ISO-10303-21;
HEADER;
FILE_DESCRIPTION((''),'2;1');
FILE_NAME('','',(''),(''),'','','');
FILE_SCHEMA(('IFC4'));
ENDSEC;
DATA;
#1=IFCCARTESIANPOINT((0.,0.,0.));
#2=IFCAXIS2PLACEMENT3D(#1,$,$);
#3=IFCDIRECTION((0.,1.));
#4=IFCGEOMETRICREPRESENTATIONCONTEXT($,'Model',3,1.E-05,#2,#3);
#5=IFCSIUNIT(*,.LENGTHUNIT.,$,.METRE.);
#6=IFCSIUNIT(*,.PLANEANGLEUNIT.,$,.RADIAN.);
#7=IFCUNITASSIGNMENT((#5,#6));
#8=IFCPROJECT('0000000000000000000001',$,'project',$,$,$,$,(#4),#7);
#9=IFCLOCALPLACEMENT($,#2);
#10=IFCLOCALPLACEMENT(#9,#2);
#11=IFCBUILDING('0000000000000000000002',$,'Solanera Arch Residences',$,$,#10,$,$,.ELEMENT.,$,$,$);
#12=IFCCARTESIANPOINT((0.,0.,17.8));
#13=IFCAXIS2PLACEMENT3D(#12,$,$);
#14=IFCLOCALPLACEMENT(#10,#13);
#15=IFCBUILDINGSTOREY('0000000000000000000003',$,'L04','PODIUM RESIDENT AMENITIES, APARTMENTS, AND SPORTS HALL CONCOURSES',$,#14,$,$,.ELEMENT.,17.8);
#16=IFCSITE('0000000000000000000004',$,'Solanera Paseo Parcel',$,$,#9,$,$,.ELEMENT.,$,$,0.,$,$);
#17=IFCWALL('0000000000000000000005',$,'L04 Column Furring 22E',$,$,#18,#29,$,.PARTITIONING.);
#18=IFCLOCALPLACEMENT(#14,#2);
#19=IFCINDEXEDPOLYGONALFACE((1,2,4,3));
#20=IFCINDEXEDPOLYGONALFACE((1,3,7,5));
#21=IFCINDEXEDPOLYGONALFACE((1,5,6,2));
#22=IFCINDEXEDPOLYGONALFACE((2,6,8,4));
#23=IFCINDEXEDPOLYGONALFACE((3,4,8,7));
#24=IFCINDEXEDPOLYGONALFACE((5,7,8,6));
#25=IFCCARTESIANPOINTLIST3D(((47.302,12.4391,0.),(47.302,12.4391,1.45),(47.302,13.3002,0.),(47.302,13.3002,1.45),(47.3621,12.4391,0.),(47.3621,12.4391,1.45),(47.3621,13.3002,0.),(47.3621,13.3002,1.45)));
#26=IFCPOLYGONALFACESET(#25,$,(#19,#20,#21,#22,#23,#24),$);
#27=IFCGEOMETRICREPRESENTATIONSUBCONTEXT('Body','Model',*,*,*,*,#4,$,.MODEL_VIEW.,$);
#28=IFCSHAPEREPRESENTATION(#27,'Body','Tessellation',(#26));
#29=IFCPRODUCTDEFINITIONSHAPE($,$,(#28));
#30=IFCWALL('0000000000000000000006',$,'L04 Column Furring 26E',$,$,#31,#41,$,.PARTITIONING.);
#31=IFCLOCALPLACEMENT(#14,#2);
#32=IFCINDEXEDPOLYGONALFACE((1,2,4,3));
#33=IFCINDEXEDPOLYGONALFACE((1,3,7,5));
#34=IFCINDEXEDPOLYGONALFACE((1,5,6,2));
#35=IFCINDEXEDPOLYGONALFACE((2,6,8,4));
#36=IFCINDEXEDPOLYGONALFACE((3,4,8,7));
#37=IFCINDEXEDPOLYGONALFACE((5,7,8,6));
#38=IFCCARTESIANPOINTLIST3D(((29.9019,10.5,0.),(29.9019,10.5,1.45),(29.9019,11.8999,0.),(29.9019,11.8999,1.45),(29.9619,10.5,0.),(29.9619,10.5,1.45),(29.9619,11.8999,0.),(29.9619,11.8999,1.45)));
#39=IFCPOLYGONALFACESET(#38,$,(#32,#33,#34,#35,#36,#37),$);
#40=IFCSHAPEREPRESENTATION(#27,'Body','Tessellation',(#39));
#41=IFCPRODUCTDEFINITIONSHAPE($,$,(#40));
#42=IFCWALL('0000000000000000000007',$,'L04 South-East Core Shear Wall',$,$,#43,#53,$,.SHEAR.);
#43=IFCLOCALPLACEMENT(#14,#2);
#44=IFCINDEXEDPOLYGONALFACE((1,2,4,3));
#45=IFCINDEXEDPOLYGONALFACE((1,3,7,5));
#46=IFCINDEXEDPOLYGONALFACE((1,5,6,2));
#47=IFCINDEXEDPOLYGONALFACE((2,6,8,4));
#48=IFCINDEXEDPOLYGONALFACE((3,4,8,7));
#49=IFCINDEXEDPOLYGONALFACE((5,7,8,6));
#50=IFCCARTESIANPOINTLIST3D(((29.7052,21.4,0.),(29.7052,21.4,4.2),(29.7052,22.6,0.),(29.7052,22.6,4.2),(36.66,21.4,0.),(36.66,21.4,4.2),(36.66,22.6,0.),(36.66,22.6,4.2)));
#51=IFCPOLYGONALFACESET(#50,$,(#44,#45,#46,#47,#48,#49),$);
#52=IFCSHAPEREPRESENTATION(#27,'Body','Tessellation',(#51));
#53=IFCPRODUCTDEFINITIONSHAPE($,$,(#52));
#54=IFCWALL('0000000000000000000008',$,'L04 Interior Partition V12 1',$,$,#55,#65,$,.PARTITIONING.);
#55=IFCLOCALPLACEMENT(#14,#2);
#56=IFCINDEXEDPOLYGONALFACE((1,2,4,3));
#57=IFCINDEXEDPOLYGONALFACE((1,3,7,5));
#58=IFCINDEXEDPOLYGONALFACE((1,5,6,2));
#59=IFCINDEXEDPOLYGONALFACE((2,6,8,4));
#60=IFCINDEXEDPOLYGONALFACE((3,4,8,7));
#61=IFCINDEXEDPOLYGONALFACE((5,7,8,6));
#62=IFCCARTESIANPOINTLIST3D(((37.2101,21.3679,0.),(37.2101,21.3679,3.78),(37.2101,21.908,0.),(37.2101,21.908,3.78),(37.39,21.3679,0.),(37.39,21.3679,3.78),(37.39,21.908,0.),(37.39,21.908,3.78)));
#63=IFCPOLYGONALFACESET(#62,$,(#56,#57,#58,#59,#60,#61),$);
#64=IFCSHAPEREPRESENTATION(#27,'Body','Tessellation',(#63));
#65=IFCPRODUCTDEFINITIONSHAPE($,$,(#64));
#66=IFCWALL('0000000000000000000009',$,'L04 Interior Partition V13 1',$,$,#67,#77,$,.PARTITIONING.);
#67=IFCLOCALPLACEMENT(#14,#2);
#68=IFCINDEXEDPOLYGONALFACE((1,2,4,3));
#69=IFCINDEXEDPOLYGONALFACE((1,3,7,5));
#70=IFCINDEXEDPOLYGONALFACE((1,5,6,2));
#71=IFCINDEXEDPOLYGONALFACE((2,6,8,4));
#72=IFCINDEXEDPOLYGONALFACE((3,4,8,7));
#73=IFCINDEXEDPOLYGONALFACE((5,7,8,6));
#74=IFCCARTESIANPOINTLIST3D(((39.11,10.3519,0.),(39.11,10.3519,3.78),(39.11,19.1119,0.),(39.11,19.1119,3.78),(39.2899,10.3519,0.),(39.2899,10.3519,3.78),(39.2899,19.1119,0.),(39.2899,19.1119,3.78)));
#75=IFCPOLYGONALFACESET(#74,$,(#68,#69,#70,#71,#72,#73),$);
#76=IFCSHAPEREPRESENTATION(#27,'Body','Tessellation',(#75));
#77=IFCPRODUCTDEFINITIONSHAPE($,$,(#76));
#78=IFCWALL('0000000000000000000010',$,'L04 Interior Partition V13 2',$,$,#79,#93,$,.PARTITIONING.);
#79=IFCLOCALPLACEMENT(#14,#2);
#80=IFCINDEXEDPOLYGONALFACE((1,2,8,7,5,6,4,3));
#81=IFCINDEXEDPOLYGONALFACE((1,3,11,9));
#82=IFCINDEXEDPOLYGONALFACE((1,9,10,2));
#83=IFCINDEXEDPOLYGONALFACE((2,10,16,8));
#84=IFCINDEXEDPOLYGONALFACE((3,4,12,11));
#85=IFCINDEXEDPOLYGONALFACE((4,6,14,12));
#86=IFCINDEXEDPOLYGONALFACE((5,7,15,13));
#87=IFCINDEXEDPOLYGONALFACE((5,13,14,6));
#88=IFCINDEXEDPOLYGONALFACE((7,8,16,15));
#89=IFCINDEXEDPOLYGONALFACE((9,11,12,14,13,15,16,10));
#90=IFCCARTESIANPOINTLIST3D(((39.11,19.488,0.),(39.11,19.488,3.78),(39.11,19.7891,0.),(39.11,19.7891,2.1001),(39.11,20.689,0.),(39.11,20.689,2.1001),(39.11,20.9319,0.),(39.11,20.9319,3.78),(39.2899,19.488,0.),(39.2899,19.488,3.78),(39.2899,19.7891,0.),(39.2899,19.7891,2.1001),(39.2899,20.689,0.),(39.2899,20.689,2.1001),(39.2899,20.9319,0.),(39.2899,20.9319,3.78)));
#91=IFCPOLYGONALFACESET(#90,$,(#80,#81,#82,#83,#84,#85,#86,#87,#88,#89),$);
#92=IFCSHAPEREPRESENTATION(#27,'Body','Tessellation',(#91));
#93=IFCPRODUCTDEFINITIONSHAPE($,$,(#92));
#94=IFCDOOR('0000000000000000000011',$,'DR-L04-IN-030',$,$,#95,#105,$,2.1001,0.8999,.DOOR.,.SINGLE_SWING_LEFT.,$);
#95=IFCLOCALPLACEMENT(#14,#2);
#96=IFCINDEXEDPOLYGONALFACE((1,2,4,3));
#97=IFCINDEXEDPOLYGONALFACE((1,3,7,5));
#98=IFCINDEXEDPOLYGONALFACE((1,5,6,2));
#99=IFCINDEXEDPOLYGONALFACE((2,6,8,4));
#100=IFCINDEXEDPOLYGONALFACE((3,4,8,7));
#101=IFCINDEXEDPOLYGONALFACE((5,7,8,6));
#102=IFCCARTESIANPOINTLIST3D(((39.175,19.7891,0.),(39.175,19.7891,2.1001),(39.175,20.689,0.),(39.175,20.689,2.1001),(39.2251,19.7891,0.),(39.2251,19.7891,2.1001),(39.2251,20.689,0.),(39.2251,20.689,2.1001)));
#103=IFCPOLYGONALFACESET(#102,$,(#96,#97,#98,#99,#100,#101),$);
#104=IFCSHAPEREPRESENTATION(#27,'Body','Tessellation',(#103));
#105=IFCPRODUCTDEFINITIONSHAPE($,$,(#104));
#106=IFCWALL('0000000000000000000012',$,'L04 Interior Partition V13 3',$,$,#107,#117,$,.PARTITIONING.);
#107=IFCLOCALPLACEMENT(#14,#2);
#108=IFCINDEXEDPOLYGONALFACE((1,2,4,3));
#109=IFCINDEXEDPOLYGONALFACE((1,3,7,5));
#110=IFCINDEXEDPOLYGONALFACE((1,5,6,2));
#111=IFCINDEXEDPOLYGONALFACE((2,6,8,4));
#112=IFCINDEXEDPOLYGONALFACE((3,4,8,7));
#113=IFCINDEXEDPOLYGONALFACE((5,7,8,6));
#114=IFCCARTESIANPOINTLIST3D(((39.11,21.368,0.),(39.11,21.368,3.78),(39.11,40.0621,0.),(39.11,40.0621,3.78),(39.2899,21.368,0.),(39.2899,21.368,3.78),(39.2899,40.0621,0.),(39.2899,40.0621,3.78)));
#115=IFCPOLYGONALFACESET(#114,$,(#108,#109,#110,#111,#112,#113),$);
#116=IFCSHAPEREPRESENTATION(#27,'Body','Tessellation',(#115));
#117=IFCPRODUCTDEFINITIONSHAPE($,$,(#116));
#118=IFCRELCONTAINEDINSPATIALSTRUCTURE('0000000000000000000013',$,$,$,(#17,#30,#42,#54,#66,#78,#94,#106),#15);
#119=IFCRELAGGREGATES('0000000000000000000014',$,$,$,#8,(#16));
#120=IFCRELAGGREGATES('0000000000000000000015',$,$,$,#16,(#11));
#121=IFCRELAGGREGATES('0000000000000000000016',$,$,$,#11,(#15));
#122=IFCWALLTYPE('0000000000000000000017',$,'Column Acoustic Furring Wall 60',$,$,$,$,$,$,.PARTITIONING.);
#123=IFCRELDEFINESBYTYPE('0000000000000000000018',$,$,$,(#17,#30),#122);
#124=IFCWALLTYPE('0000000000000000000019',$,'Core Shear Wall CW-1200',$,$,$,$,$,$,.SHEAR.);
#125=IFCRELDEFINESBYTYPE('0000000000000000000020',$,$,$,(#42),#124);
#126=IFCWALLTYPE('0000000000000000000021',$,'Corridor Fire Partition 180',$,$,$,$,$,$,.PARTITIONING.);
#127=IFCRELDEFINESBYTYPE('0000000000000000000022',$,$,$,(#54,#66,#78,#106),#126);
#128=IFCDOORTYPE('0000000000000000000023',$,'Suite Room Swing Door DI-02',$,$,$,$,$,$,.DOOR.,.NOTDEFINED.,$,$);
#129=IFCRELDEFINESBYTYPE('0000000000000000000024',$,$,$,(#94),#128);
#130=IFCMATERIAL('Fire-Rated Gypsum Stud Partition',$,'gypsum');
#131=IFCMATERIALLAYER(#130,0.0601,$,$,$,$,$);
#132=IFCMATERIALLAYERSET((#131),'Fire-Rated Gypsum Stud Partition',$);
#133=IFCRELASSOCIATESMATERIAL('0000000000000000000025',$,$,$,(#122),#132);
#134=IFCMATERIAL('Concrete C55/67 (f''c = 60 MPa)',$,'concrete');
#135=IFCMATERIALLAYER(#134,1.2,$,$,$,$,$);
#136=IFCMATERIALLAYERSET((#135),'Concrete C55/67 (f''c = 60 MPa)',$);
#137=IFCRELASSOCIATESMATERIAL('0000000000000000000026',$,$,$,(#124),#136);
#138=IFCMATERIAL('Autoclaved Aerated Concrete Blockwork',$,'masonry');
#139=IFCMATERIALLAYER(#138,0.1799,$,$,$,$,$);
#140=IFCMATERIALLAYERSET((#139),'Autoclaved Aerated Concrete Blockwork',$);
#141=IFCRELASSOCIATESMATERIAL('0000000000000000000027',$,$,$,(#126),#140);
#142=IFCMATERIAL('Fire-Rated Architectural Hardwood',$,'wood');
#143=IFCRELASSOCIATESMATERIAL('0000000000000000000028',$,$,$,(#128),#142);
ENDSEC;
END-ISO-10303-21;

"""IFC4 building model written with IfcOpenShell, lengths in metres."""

from ifc_helpers import new_model, si_unit, direction, frame, frame_2d, origin, place, context, subcontext, project, spatial, rectangle, extrude, material, layer, layer_set, type_object, element, fill, save


model = new_model("IFC4")

# Units and contexts
model_context = context("Model", 3, precision=1e-05, world=origin(), true_north=direction((0.0, 1.0)))
body_context = subcontext(model_context, "Body", "Model", "MODEL_VIEW")
ifc_project = project(units=[si_unit("LENGTHUNIT", "METRE"), si_unit("PLANEANGLEUNIT", "RADIAN")], contexts=[model_context])

# Site, building, storey
site_placement = place(None, origin())
site = spatial("IfcSite", under=ifc_project, at=site_placement, Name="Solanera Paseo Parcel", CompositionType="ELEMENT", RefElevation=0.0)
building_placement = place(site_placement, origin())
building = spatial("IfcBuilding", under=site, at=building_placement, Name="Solanera Arch Residences", CompositionType="ELEMENT")
storey_placement = place(building_placement, frame((0.0, 0.0, 17.8)))
storey = spatial("IfcBuildingStorey", under=building, at=storey_placement, Name="L04", Description="PODIUM RESIDENT AMENITIES, APARTMENTS, AND SPORTS HALL CONCOURSES", CompositionType="ELEMENT", Elevation=17.8)

# Walls
ifc_material_1 = material(Name="Fire-Rated Gypsum Stud Partition", Category="gypsum")
ifc_layer_1 = layer(ifc_material_1, 0.0601)
ifc_layer_set_1 = layer_set([ifc_layer_1], Name="Fire-Rated Gypsum Stud Partition")
wall_type_1 = type_object("IfcWallType", Name="Column Acoustic Furring Wall 60", PredefinedType="PARTITIONING", material=ifc_layer_set_1)
wall_1_placement = place(storey_placement, frame((47.332, 12.439, 0.0), z_axis=(0.0, 0.0, 1.0), x_axis=(0.0, 1.0, 0.0)))
element("IfcWall", 1, at=wall_1_placement, inside=storey, type_object=wall_type_1, Name="L04 Column Furring 22E", PredefinedType="PARTITIONING", context=body_context, shape_type="SweptSolid", body=[
    extrude(rectangle(XDim=0.8611, YDim=0.0601, at=frame_2d((0.4307, 0.0))), origin(), (0.0, 0.0, 1.0), 1.45),
])
wall_2_placement = place(storey_placement, frame((29.9319, 10.5, 0.0), z_axis=(0.0, 0.0, 1.0), x_axis=(0.0, 1.0, 0.0)))
element("IfcWall", 2, at=wall_2_placement, inside=storey, type_object=wall_type_1, Name="L04 Column Furring 26E", PredefinedType="PARTITIONING", context=body_context, shape_type="SweptSolid", body=[
    extrude(rectangle(XDim=1.3999, YDim=0.0601, at=frame_2d((0.7, 0.0))), origin(), (0.0, 0.0, 1.0), 1.45),
])
ifc_material_2 = material(Name="Concrete C55/67 (f'c = 60 MPa)", Category="concrete")
ifc_layer_2 = layer(ifc_material_2, 1.2)
ifc_layer_set_2 = layer_set([ifc_layer_2], Name="Concrete C55/67 (f'c = 60 MPa)")
wall_type_2 = type_object("IfcWallType", Name="Core Shear Wall CW-1200", PredefinedType="SHEAR", material=ifc_layer_set_2)
wall_3_placement = place(storey_placement, frame((29.7051, 22.0, 0.0), z_axis=(0.0, 0.0, 1.0), x_axis=(1.0, 0.0, 0.0)))
element("IfcWall", 3, at=wall_3_placement, inside=storey, type_object=wall_type_2, Name="L04 South-East Core Shear Wall", PredefinedType="SHEAR", context=body_context, shape_type="SweptSolid", body=[
    extrude(rectangle(XDim=6.9548, YDim=1.2, at=frame_2d((3.4775, 0.0))), origin(), (0.0, 0.0, 1.0), 4.2),
])
ifc_material_3 = material(Name="Autoclaved Aerated Concrete Blockwork", Category="masonry")
ifc_layer_3 = layer(ifc_material_3, 0.1799)
ifc_layer_set_3 = layer_set([ifc_layer_3], Name="Autoclaved Aerated Concrete Blockwork")
wall_type_3 = type_object("IfcWallType", Name="Corridor Fire Partition 180", PredefinedType="PARTITIONING", material=ifc_layer_set_3)
wall_4_placement = place(storey_placement, frame((37.3, 21.3679, 0.0), z_axis=(0.0, 0.0, 1.0), x_axis=(0.0, 1.0, 0.0)))
element("IfcWall", 4, at=wall_4_placement, inside=storey, type_object=wall_type_3, Name="L04 Interior Partition V12 1", PredefinedType="PARTITIONING", context=body_context, shape_type="SweptSolid", body=[
    extrude(rectangle(XDim=0.54, YDim=0.1799, at=frame_2d((0.27, 0.0))), origin(), (0.0, 0.0, 1.0), 3.78),
])
wall_5_placement = place(storey_placement, frame((39.2, 10.3521, 0.0), z_axis=(0.0, 0.0, 1.0), x_axis=(0.0, 1.0, 0.0)))
element("IfcWall", 5, at=wall_5_placement, inside=storey, type_object=wall_type_3, Name="L04 Interior Partition V13 1", PredefinedType="PARTITIONING", context=body_context, shape_type="SweptSolid", body=[
    extrude(rectangle(XDim=8.76, YDim=0.1799, at=frame_2d((4.3799, 0.0))), origin(), (0.0, 0.0, 1.0), 3.78),
])

# Wall, opening, door
wall_6_placement = place(storey_placement, frame((39.2, 19.488, 0.0), z_axis=(0.0, 0.0, 1.0), x_axis=(0.0, 1.0, 0.0)))
wall_6 = element("IfcWall", 6, at=wall_6_placement, inside=storey, type_object=wall_type_3, Name="L04 Interior Partition V13 2", PredefinedType="PARTITIONING", context=body_context, shape_type="SweptSolid", body=[
    extrude(rectangle(XDim=1.4438, YDim=0.1799, at=frame_2d((0.7219, 0.0))), origin(), (0.0, 0.0, 1.0), 3.78),
])
opening_1_placement = place(wall_6_placement, frame((0.301, 0.0, 0.0)))
opening_1 = element("IfcOpeningElement", 7, at=opening_1_placement, cuts=wall_6, PredefinedType="OPENING", context=body_context, shape_type="SweptSolid", body=[
    extrude(rectangle(XDim=0.8999, YDim=2.1001, at=frame_2d((0.45, 1.05))), frame((0.0, 0.1001, 0.0), z_axis=(0.0, -1.0, 0.0), x_axis=(1.0, 0.0, 0.0)), (0.0, 0.0, 1.0), 0.1999),
])
ifc_material_4 = material(Name="Fire-Rated Architectural Hardwood", Category="wood")
door_type = type_object("IfcDoorType", Name="Suite Room Swing Door DI-02", OperationType="NOTDEFINED", PredefinedType="DOOR", material=ifc_material_4)
door_placement = place(opening_1_placement, origin())
door = element("IfcDoor", 8, at=door_placement, inside=storey, type_object=door_type, Name="DR-L04-IN-030", OperationType="SINGLE_SWING_LEFT", OverallHeight=2.1001, OverallWidth=0.8999, PredefinedType="DOOR", context=body_context, shape_type="SweptSolid", body=[
    extrude(rectangle(XDim=0.8999, YDim=2.1001, at=frame_2d((0.45, 1.05))), frame((0.0, 0.0249, 0.0), z_axis=(0.0, -1.0, 0.0), x_axis=(1.0, 0.0, 0.0)), (0.0, 0.0, 1.0), 0.05),
])
fill(opening_1, door)

# Wall
wall_7_placement = place(storey_placement, frame((39.2, 21.3679, 0.0), z_axis=(0.0, 0.0, 1.0), x_axis=(0.0, 1.0, 0.0)))
element("IfcWall", 9, at=wall_7_placement, inside=storey, type_object=wall_type_3, Name="L04 Interior Partition V13 3", PredefinedType="PARTITIONING", context=body_context, shape_type="SweptSolid", body=[
    extrude(rectangle(XDim=18.6941, YDim=0.1799, at=frame_2d((9.3472, 0.0))), origin(), (0.0, 0.0, 1.0), 3.78),
])

save(model, "model.ifc")
